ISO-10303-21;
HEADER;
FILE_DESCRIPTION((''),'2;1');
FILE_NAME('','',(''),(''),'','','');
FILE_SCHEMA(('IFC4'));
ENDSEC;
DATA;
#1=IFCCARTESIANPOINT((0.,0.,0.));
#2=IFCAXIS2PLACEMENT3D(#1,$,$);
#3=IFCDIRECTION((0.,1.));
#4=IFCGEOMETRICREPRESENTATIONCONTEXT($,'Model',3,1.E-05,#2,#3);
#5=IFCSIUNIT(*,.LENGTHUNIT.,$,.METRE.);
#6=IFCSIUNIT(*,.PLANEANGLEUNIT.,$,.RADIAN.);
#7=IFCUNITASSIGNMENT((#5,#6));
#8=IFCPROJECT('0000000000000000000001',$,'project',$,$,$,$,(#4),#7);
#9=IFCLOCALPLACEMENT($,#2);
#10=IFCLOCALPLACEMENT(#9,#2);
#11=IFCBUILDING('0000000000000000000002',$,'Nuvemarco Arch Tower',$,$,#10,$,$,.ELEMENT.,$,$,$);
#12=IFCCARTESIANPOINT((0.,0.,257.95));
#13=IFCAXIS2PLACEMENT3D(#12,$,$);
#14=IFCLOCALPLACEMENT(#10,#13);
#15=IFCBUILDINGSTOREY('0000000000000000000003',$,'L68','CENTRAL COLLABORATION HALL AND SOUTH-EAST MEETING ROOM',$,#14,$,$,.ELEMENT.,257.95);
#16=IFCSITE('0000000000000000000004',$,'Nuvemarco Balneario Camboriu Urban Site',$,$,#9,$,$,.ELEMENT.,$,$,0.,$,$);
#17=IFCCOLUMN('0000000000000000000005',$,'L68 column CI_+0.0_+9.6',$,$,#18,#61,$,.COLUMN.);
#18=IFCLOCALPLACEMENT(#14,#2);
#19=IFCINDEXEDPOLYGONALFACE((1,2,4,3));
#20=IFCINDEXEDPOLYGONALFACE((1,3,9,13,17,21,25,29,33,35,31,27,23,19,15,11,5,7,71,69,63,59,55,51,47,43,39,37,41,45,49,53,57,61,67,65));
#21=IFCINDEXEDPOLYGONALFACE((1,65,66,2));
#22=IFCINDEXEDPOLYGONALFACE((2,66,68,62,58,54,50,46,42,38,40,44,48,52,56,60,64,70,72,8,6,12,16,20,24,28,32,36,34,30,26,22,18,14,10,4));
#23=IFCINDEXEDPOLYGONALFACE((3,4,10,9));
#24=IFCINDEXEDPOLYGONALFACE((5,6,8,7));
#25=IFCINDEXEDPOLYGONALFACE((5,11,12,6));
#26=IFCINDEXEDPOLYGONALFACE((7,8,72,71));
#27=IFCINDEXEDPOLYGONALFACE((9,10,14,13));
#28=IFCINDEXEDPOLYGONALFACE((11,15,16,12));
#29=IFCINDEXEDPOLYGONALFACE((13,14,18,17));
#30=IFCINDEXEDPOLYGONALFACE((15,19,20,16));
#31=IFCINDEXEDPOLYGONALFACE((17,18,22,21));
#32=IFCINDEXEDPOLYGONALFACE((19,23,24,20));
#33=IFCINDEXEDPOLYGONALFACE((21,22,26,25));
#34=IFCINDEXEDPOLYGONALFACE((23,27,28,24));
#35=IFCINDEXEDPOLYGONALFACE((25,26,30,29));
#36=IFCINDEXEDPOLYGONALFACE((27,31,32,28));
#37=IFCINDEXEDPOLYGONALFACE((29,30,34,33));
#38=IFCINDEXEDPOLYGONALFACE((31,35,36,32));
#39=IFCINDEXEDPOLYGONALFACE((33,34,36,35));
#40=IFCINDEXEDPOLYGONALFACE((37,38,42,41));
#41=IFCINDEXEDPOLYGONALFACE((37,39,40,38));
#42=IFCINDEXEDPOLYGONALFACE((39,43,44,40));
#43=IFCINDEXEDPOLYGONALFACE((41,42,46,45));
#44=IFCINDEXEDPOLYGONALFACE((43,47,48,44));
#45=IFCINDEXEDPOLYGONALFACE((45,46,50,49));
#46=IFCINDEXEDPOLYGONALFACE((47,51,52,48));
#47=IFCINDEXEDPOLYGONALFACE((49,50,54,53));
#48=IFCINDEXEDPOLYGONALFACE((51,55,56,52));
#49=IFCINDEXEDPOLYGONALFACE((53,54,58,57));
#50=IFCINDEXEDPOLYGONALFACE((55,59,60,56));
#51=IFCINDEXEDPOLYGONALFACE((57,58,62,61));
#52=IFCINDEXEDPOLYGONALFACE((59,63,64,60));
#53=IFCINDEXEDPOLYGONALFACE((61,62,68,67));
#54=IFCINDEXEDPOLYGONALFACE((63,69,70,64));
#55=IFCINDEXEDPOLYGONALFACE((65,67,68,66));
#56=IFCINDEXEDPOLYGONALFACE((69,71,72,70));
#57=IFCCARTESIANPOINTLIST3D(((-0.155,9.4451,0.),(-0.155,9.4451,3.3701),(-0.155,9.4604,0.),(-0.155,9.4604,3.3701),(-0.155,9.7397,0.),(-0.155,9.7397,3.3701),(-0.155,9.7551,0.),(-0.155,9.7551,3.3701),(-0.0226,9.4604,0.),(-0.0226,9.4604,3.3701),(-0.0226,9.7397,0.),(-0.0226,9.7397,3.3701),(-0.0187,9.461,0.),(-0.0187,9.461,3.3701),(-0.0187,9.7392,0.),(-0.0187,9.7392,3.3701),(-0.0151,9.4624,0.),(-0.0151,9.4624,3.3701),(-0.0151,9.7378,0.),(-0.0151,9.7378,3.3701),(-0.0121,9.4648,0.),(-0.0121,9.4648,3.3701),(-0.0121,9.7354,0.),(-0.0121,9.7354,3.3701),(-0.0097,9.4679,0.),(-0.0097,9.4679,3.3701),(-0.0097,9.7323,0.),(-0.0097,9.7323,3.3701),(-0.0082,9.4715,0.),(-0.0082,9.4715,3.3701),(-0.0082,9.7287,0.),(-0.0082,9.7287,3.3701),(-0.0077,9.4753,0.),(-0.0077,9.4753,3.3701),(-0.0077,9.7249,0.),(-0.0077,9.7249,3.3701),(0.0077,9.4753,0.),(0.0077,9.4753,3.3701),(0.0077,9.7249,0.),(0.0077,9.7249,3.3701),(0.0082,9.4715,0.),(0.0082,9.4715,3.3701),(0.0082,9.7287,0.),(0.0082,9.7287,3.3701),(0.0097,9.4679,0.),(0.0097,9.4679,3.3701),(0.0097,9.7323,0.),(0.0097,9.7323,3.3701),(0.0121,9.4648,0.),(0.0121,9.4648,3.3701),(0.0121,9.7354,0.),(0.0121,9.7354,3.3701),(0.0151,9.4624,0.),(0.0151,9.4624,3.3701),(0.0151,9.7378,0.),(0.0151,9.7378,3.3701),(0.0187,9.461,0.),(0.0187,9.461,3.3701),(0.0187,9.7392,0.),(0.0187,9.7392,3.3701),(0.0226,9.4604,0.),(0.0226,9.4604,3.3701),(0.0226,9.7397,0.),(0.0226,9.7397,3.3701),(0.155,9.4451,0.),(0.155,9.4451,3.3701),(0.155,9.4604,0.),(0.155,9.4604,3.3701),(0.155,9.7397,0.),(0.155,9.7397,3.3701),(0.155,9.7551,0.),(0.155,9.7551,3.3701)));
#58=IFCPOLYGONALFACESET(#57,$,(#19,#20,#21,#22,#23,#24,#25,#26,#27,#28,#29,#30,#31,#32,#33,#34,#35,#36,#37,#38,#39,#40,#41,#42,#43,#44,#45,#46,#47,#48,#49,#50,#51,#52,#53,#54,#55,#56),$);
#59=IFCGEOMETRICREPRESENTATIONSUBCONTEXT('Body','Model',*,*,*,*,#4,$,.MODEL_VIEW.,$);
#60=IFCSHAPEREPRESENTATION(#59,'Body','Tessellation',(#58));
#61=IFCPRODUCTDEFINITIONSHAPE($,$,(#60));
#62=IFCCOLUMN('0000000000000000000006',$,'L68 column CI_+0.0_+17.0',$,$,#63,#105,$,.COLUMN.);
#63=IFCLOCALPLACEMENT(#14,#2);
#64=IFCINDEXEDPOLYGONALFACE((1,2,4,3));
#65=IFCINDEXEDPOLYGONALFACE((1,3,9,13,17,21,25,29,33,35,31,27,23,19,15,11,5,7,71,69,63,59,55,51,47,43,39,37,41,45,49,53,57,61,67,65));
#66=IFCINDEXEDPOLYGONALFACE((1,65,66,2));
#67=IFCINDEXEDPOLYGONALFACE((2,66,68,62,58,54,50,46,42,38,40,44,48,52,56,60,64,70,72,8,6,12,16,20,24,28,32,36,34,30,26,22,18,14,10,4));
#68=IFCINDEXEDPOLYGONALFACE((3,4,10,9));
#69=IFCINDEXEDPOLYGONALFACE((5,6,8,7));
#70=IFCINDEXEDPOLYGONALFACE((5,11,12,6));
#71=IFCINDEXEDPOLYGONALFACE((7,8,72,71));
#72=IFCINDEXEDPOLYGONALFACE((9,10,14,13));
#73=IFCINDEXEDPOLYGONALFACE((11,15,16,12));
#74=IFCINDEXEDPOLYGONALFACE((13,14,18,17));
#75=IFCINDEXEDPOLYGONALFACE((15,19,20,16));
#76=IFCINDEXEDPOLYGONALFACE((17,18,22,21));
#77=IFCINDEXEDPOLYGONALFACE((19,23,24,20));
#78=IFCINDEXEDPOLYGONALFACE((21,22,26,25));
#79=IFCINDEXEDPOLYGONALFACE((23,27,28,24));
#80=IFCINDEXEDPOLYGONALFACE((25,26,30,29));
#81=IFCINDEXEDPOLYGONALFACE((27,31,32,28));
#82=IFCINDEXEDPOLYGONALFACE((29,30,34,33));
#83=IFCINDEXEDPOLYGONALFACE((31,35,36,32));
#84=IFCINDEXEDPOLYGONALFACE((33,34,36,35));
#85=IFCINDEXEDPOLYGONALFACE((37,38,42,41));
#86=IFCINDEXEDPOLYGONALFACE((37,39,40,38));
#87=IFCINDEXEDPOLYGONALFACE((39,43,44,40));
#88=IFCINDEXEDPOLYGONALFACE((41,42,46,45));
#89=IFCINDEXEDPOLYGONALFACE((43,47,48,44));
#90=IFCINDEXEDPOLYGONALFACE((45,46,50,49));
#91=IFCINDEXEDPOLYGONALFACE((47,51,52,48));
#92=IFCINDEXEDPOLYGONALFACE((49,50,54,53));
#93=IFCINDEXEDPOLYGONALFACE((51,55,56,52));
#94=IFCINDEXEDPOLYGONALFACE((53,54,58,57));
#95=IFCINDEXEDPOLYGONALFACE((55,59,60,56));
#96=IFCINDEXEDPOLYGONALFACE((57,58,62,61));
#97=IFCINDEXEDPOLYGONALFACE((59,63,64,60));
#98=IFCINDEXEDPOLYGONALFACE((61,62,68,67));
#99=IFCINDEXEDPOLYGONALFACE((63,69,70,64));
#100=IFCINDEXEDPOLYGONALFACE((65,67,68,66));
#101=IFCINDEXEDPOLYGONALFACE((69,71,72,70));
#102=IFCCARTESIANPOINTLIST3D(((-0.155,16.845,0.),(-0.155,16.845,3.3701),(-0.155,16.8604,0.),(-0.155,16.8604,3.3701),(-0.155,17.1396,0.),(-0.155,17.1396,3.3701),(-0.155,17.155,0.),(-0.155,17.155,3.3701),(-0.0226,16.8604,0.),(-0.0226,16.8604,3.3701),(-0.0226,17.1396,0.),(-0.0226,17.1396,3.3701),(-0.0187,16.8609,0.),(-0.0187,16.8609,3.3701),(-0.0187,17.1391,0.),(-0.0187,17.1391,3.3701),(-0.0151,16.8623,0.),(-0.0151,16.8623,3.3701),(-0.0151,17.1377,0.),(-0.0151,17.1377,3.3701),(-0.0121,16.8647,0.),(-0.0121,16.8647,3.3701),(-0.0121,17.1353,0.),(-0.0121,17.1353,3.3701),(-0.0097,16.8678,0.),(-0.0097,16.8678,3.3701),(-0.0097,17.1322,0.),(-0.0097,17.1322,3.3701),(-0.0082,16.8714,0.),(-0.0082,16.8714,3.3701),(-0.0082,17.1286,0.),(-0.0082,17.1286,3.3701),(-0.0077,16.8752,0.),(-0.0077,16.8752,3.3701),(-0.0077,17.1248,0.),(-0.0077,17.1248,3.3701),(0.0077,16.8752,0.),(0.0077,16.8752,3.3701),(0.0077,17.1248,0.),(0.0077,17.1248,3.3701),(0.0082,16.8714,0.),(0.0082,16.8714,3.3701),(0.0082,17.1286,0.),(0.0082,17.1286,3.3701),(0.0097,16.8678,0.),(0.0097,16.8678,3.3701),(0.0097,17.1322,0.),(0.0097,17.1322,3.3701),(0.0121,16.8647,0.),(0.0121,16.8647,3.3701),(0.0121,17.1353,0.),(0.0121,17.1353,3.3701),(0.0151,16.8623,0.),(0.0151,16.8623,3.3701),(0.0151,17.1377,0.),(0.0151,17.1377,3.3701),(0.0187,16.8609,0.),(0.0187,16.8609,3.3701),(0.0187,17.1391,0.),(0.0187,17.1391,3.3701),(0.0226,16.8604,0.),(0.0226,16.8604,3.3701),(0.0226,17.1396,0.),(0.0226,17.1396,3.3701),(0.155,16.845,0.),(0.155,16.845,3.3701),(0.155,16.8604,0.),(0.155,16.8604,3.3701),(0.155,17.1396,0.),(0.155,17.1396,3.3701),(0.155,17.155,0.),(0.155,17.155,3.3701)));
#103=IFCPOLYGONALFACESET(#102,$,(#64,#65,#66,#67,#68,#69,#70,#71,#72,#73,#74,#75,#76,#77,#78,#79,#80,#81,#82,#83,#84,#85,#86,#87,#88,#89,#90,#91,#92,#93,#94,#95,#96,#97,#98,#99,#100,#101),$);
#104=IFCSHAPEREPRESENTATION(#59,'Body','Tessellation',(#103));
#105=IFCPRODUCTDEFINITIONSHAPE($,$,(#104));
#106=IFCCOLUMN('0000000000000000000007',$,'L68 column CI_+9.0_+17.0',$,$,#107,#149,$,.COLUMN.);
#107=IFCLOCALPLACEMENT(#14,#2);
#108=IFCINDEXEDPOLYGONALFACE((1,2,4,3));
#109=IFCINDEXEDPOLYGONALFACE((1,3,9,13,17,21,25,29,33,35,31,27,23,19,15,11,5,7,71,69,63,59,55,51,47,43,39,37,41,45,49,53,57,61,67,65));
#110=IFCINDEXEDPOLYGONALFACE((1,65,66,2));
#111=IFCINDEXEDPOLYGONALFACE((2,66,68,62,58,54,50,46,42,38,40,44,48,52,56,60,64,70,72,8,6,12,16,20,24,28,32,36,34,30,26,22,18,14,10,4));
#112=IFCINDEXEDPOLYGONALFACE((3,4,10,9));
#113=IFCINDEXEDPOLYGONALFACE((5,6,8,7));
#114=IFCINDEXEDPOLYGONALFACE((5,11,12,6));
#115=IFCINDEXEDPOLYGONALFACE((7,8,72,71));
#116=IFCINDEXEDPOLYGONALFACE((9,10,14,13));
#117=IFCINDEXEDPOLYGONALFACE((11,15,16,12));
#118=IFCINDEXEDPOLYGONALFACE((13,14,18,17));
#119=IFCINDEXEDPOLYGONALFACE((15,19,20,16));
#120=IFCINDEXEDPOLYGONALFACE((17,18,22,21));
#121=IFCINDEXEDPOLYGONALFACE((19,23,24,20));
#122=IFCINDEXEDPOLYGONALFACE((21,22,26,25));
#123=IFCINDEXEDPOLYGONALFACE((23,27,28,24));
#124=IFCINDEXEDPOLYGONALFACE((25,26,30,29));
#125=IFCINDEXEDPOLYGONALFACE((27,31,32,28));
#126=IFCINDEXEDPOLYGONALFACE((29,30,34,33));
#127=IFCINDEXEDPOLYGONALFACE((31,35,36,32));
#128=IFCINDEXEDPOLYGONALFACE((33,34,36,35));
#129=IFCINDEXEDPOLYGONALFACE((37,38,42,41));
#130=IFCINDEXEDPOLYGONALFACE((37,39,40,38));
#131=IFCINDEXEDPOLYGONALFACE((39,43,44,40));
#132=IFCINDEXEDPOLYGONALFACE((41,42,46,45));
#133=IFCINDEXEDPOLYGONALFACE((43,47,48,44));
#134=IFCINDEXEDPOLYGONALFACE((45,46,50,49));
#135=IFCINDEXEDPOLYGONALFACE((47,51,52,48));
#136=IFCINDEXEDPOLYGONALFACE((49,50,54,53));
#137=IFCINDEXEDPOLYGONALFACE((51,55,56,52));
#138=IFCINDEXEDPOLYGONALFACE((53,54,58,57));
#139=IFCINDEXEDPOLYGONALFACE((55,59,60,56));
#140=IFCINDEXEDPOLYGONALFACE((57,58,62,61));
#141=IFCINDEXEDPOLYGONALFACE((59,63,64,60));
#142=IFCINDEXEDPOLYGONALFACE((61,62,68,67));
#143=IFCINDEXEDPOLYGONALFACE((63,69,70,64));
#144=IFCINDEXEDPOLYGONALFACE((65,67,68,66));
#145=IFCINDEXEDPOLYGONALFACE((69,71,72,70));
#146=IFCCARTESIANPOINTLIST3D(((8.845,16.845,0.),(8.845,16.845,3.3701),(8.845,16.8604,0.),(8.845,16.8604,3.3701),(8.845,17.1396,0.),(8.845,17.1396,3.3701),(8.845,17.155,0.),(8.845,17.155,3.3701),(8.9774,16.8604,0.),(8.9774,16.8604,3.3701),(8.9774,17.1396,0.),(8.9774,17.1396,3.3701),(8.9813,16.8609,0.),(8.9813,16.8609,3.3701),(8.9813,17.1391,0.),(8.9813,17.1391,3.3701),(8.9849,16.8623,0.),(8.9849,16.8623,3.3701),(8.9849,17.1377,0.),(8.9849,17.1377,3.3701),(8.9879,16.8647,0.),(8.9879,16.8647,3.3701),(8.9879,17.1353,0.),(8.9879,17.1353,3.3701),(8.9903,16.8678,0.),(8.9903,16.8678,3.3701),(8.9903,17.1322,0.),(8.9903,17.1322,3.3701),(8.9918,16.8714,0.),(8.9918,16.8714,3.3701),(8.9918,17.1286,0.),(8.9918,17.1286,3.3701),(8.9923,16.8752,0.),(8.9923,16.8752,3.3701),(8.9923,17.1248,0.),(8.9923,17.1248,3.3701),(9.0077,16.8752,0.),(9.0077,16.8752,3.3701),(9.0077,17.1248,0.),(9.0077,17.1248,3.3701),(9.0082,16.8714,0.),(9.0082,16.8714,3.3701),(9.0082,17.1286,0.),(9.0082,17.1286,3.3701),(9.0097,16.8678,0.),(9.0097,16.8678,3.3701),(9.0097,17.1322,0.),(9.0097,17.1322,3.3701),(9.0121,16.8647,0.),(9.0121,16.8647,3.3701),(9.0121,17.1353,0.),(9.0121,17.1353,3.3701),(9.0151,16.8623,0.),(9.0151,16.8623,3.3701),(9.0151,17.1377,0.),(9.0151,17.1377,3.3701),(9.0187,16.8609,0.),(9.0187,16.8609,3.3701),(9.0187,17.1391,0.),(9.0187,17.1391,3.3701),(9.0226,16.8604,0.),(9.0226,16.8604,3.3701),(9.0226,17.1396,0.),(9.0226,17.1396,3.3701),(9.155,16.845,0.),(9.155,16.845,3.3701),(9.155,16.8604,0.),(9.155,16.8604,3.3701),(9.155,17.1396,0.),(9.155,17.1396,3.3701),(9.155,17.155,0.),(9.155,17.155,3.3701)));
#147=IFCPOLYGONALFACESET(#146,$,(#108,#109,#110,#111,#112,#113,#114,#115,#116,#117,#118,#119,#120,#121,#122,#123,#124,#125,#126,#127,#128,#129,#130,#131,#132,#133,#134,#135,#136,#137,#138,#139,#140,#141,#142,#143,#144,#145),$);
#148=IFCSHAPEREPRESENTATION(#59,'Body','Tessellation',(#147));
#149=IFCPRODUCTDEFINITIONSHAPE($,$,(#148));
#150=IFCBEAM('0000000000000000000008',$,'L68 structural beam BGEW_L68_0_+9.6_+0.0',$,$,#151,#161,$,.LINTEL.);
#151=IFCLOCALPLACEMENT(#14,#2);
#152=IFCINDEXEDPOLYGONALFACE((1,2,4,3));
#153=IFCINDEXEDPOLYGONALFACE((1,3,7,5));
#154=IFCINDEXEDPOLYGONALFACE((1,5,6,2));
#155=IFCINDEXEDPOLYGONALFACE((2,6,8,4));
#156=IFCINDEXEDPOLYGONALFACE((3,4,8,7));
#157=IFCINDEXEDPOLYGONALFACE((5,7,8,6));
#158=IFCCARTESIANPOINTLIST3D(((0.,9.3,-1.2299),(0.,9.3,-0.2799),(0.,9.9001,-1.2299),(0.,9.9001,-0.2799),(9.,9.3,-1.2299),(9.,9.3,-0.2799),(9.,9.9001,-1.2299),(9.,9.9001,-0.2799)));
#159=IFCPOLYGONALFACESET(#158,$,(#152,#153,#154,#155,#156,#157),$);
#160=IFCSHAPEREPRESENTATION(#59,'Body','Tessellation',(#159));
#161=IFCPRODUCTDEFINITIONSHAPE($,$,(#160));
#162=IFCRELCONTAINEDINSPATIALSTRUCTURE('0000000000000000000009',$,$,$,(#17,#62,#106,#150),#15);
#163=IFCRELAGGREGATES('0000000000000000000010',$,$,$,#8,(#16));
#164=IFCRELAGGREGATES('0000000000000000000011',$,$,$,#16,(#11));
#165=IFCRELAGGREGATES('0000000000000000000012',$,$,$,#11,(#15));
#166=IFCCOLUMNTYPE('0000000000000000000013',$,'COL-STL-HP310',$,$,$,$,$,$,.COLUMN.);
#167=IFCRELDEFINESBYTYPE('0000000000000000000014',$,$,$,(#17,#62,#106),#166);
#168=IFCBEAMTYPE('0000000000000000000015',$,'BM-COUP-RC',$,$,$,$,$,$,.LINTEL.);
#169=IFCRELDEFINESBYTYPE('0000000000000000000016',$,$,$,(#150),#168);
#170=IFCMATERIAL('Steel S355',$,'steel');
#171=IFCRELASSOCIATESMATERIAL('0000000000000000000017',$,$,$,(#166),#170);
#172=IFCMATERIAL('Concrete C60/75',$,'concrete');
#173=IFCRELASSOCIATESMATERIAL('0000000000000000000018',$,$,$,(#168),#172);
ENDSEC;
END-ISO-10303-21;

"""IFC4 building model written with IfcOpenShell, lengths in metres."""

from ifc_helpers import new_model, si_unit, direction, frame, origin, origin_2d, place, context, subcontext, project, spatial, rectangle, i_section, extrude, material, material_profile, profile_set, type_object, element, save


model = new_model("IFC4")

# Units and contexts
model_context = context("Model", 3, precision=1e-05, world=origin(), true_north=direction((0.0, 1.0)))
body_context = subcontext(model_context, "Body", "Model", "MODEL_VIEW")
ifc_project = project(units=[si_unit("LENGTHUNIT", "METRE"), si_unit("PLANEANGLEUNIT", "RADIAN")], contexts=[model_context])

# Site, building, storey
site_placement = place(None, origin())
site = spatial("IfcSite", under=ifc_project, at=site_placement, Name="Nuvemarco Balneario Camboriu Urban Site", CompositionType="ELEMENT", RefElevation=0.0)
building_placement = place(site_placement, origin())
building = spatial("IfcBuilding", under=site, at=building_placement, Name="Nuvemarco Arch Tower", CompositionType="ELEMENT")
storey_placement = place(building_placement, frame((0.0, 0.0, 257.95)))
storey = spatial("IfcBuildingStorey", under=building, at=storey_placement, Name="L68", Description="CENTRAL COLLABORATION HALL AND SOUTH-EAST MEETING ROOM", CompositionType="ELEMENT", Elevation=257.95)

# Columns
ifc_material_1 = material(Name="Steel S355", Category="steel")
ifc_material_profile_1 = material_profile(ifc_material_1, i_section(OverallWidth=0.3101, OverallDepth=0.3101, WebThickness=0.0154, FlangeThickness=0.0154, FilletRadius=0.0149, at=origin_2d()), Name="HP310x110")
ifc_profile_set_1 = profile_set([ifc_material_profile_1], Name="Steel S355")
column_type_1 = type_object("IfcColumnType", Name="COL-STL-HP310", PredefinedType="COLUMN", material=ifc_profile_set_1)
for number, where, z_axis, x_axis, name in (
    (1, (0.0, 9.6001, 0.0), (0.0, 0.0, 1.0), (1.0, 0.0, 0.0), "L68 column CI_+0.0_+9.6"),
    (2, (0.0, 17.0, 0.0), (0.0, 0.0, 1.0), (1.0, 0.0, 0.0), "L68 column CI_+0.0_+17.0"),
    (3, (9.0, 17.0, 0.0), (0.0, 0.0, 1.0), (1.0, 0.0, 0.0), "L68 column CI_+9.0_+17.0"),
):
    element("IfcColumn", number, at=place(storey_placement, frame(where, z_axis=z_axis, x_axis=x_axis)), inside=storey, type_object=column_type_1, Name=name, PredefinedType="COLUMN", context=body_context, shape_type="SweptSolid", body=[
        extrude(i_section(OverallWidth=0.3101, OverallDepth=0.3101, WebThickness=0.0154, FlangeThickness=0.0154, FilletRadius=0.0149, at=origin_2d()), origin(), (0.0, 0.0, 1.0), 3.3701),
    ])

# Beam
ifc_material_2 = material(Name="Concrete C60/75", Category="concrete")
ifc_material_profile_2 = material_profile(ifc_material_2, rectangle(XDim=0.6001, YDim=0.95, at=origin_2d()), Name="RC-BM-600x950")
ifc_profile_set_2 = profile_set([ifc_material_profile_2], Name="Concrete C60/75")
beam_type_1 = type_object("IfcBeamType", Name="BM-COUP-RC", PredefinedType="LINTEL", material=ifc_profile_set_2)
beam_1_placement = place(storey_placement, frame((0.0, 9.6001, -0.7549), z_axis=(1.0, 0.0, 0.0), x_axis=(0.0, 1.0, 0.0)))
element("IfcBeam", 4, at=beam_1_placement, inside=storey, type_object=beam_type_1, Name="L68 structural beam BGEW_L68_0_+9.6_+0.0", PredefinedType="LINTEL", context=body_context, shape_type="SweptSolid", body=[
    extrude(rectangle(XDim=0.6001, YDim=0.95, at=origin_2d()), origin(), (0.0, 0.0, 1.0), 9.0),
])

save(model, "model.ifc")
